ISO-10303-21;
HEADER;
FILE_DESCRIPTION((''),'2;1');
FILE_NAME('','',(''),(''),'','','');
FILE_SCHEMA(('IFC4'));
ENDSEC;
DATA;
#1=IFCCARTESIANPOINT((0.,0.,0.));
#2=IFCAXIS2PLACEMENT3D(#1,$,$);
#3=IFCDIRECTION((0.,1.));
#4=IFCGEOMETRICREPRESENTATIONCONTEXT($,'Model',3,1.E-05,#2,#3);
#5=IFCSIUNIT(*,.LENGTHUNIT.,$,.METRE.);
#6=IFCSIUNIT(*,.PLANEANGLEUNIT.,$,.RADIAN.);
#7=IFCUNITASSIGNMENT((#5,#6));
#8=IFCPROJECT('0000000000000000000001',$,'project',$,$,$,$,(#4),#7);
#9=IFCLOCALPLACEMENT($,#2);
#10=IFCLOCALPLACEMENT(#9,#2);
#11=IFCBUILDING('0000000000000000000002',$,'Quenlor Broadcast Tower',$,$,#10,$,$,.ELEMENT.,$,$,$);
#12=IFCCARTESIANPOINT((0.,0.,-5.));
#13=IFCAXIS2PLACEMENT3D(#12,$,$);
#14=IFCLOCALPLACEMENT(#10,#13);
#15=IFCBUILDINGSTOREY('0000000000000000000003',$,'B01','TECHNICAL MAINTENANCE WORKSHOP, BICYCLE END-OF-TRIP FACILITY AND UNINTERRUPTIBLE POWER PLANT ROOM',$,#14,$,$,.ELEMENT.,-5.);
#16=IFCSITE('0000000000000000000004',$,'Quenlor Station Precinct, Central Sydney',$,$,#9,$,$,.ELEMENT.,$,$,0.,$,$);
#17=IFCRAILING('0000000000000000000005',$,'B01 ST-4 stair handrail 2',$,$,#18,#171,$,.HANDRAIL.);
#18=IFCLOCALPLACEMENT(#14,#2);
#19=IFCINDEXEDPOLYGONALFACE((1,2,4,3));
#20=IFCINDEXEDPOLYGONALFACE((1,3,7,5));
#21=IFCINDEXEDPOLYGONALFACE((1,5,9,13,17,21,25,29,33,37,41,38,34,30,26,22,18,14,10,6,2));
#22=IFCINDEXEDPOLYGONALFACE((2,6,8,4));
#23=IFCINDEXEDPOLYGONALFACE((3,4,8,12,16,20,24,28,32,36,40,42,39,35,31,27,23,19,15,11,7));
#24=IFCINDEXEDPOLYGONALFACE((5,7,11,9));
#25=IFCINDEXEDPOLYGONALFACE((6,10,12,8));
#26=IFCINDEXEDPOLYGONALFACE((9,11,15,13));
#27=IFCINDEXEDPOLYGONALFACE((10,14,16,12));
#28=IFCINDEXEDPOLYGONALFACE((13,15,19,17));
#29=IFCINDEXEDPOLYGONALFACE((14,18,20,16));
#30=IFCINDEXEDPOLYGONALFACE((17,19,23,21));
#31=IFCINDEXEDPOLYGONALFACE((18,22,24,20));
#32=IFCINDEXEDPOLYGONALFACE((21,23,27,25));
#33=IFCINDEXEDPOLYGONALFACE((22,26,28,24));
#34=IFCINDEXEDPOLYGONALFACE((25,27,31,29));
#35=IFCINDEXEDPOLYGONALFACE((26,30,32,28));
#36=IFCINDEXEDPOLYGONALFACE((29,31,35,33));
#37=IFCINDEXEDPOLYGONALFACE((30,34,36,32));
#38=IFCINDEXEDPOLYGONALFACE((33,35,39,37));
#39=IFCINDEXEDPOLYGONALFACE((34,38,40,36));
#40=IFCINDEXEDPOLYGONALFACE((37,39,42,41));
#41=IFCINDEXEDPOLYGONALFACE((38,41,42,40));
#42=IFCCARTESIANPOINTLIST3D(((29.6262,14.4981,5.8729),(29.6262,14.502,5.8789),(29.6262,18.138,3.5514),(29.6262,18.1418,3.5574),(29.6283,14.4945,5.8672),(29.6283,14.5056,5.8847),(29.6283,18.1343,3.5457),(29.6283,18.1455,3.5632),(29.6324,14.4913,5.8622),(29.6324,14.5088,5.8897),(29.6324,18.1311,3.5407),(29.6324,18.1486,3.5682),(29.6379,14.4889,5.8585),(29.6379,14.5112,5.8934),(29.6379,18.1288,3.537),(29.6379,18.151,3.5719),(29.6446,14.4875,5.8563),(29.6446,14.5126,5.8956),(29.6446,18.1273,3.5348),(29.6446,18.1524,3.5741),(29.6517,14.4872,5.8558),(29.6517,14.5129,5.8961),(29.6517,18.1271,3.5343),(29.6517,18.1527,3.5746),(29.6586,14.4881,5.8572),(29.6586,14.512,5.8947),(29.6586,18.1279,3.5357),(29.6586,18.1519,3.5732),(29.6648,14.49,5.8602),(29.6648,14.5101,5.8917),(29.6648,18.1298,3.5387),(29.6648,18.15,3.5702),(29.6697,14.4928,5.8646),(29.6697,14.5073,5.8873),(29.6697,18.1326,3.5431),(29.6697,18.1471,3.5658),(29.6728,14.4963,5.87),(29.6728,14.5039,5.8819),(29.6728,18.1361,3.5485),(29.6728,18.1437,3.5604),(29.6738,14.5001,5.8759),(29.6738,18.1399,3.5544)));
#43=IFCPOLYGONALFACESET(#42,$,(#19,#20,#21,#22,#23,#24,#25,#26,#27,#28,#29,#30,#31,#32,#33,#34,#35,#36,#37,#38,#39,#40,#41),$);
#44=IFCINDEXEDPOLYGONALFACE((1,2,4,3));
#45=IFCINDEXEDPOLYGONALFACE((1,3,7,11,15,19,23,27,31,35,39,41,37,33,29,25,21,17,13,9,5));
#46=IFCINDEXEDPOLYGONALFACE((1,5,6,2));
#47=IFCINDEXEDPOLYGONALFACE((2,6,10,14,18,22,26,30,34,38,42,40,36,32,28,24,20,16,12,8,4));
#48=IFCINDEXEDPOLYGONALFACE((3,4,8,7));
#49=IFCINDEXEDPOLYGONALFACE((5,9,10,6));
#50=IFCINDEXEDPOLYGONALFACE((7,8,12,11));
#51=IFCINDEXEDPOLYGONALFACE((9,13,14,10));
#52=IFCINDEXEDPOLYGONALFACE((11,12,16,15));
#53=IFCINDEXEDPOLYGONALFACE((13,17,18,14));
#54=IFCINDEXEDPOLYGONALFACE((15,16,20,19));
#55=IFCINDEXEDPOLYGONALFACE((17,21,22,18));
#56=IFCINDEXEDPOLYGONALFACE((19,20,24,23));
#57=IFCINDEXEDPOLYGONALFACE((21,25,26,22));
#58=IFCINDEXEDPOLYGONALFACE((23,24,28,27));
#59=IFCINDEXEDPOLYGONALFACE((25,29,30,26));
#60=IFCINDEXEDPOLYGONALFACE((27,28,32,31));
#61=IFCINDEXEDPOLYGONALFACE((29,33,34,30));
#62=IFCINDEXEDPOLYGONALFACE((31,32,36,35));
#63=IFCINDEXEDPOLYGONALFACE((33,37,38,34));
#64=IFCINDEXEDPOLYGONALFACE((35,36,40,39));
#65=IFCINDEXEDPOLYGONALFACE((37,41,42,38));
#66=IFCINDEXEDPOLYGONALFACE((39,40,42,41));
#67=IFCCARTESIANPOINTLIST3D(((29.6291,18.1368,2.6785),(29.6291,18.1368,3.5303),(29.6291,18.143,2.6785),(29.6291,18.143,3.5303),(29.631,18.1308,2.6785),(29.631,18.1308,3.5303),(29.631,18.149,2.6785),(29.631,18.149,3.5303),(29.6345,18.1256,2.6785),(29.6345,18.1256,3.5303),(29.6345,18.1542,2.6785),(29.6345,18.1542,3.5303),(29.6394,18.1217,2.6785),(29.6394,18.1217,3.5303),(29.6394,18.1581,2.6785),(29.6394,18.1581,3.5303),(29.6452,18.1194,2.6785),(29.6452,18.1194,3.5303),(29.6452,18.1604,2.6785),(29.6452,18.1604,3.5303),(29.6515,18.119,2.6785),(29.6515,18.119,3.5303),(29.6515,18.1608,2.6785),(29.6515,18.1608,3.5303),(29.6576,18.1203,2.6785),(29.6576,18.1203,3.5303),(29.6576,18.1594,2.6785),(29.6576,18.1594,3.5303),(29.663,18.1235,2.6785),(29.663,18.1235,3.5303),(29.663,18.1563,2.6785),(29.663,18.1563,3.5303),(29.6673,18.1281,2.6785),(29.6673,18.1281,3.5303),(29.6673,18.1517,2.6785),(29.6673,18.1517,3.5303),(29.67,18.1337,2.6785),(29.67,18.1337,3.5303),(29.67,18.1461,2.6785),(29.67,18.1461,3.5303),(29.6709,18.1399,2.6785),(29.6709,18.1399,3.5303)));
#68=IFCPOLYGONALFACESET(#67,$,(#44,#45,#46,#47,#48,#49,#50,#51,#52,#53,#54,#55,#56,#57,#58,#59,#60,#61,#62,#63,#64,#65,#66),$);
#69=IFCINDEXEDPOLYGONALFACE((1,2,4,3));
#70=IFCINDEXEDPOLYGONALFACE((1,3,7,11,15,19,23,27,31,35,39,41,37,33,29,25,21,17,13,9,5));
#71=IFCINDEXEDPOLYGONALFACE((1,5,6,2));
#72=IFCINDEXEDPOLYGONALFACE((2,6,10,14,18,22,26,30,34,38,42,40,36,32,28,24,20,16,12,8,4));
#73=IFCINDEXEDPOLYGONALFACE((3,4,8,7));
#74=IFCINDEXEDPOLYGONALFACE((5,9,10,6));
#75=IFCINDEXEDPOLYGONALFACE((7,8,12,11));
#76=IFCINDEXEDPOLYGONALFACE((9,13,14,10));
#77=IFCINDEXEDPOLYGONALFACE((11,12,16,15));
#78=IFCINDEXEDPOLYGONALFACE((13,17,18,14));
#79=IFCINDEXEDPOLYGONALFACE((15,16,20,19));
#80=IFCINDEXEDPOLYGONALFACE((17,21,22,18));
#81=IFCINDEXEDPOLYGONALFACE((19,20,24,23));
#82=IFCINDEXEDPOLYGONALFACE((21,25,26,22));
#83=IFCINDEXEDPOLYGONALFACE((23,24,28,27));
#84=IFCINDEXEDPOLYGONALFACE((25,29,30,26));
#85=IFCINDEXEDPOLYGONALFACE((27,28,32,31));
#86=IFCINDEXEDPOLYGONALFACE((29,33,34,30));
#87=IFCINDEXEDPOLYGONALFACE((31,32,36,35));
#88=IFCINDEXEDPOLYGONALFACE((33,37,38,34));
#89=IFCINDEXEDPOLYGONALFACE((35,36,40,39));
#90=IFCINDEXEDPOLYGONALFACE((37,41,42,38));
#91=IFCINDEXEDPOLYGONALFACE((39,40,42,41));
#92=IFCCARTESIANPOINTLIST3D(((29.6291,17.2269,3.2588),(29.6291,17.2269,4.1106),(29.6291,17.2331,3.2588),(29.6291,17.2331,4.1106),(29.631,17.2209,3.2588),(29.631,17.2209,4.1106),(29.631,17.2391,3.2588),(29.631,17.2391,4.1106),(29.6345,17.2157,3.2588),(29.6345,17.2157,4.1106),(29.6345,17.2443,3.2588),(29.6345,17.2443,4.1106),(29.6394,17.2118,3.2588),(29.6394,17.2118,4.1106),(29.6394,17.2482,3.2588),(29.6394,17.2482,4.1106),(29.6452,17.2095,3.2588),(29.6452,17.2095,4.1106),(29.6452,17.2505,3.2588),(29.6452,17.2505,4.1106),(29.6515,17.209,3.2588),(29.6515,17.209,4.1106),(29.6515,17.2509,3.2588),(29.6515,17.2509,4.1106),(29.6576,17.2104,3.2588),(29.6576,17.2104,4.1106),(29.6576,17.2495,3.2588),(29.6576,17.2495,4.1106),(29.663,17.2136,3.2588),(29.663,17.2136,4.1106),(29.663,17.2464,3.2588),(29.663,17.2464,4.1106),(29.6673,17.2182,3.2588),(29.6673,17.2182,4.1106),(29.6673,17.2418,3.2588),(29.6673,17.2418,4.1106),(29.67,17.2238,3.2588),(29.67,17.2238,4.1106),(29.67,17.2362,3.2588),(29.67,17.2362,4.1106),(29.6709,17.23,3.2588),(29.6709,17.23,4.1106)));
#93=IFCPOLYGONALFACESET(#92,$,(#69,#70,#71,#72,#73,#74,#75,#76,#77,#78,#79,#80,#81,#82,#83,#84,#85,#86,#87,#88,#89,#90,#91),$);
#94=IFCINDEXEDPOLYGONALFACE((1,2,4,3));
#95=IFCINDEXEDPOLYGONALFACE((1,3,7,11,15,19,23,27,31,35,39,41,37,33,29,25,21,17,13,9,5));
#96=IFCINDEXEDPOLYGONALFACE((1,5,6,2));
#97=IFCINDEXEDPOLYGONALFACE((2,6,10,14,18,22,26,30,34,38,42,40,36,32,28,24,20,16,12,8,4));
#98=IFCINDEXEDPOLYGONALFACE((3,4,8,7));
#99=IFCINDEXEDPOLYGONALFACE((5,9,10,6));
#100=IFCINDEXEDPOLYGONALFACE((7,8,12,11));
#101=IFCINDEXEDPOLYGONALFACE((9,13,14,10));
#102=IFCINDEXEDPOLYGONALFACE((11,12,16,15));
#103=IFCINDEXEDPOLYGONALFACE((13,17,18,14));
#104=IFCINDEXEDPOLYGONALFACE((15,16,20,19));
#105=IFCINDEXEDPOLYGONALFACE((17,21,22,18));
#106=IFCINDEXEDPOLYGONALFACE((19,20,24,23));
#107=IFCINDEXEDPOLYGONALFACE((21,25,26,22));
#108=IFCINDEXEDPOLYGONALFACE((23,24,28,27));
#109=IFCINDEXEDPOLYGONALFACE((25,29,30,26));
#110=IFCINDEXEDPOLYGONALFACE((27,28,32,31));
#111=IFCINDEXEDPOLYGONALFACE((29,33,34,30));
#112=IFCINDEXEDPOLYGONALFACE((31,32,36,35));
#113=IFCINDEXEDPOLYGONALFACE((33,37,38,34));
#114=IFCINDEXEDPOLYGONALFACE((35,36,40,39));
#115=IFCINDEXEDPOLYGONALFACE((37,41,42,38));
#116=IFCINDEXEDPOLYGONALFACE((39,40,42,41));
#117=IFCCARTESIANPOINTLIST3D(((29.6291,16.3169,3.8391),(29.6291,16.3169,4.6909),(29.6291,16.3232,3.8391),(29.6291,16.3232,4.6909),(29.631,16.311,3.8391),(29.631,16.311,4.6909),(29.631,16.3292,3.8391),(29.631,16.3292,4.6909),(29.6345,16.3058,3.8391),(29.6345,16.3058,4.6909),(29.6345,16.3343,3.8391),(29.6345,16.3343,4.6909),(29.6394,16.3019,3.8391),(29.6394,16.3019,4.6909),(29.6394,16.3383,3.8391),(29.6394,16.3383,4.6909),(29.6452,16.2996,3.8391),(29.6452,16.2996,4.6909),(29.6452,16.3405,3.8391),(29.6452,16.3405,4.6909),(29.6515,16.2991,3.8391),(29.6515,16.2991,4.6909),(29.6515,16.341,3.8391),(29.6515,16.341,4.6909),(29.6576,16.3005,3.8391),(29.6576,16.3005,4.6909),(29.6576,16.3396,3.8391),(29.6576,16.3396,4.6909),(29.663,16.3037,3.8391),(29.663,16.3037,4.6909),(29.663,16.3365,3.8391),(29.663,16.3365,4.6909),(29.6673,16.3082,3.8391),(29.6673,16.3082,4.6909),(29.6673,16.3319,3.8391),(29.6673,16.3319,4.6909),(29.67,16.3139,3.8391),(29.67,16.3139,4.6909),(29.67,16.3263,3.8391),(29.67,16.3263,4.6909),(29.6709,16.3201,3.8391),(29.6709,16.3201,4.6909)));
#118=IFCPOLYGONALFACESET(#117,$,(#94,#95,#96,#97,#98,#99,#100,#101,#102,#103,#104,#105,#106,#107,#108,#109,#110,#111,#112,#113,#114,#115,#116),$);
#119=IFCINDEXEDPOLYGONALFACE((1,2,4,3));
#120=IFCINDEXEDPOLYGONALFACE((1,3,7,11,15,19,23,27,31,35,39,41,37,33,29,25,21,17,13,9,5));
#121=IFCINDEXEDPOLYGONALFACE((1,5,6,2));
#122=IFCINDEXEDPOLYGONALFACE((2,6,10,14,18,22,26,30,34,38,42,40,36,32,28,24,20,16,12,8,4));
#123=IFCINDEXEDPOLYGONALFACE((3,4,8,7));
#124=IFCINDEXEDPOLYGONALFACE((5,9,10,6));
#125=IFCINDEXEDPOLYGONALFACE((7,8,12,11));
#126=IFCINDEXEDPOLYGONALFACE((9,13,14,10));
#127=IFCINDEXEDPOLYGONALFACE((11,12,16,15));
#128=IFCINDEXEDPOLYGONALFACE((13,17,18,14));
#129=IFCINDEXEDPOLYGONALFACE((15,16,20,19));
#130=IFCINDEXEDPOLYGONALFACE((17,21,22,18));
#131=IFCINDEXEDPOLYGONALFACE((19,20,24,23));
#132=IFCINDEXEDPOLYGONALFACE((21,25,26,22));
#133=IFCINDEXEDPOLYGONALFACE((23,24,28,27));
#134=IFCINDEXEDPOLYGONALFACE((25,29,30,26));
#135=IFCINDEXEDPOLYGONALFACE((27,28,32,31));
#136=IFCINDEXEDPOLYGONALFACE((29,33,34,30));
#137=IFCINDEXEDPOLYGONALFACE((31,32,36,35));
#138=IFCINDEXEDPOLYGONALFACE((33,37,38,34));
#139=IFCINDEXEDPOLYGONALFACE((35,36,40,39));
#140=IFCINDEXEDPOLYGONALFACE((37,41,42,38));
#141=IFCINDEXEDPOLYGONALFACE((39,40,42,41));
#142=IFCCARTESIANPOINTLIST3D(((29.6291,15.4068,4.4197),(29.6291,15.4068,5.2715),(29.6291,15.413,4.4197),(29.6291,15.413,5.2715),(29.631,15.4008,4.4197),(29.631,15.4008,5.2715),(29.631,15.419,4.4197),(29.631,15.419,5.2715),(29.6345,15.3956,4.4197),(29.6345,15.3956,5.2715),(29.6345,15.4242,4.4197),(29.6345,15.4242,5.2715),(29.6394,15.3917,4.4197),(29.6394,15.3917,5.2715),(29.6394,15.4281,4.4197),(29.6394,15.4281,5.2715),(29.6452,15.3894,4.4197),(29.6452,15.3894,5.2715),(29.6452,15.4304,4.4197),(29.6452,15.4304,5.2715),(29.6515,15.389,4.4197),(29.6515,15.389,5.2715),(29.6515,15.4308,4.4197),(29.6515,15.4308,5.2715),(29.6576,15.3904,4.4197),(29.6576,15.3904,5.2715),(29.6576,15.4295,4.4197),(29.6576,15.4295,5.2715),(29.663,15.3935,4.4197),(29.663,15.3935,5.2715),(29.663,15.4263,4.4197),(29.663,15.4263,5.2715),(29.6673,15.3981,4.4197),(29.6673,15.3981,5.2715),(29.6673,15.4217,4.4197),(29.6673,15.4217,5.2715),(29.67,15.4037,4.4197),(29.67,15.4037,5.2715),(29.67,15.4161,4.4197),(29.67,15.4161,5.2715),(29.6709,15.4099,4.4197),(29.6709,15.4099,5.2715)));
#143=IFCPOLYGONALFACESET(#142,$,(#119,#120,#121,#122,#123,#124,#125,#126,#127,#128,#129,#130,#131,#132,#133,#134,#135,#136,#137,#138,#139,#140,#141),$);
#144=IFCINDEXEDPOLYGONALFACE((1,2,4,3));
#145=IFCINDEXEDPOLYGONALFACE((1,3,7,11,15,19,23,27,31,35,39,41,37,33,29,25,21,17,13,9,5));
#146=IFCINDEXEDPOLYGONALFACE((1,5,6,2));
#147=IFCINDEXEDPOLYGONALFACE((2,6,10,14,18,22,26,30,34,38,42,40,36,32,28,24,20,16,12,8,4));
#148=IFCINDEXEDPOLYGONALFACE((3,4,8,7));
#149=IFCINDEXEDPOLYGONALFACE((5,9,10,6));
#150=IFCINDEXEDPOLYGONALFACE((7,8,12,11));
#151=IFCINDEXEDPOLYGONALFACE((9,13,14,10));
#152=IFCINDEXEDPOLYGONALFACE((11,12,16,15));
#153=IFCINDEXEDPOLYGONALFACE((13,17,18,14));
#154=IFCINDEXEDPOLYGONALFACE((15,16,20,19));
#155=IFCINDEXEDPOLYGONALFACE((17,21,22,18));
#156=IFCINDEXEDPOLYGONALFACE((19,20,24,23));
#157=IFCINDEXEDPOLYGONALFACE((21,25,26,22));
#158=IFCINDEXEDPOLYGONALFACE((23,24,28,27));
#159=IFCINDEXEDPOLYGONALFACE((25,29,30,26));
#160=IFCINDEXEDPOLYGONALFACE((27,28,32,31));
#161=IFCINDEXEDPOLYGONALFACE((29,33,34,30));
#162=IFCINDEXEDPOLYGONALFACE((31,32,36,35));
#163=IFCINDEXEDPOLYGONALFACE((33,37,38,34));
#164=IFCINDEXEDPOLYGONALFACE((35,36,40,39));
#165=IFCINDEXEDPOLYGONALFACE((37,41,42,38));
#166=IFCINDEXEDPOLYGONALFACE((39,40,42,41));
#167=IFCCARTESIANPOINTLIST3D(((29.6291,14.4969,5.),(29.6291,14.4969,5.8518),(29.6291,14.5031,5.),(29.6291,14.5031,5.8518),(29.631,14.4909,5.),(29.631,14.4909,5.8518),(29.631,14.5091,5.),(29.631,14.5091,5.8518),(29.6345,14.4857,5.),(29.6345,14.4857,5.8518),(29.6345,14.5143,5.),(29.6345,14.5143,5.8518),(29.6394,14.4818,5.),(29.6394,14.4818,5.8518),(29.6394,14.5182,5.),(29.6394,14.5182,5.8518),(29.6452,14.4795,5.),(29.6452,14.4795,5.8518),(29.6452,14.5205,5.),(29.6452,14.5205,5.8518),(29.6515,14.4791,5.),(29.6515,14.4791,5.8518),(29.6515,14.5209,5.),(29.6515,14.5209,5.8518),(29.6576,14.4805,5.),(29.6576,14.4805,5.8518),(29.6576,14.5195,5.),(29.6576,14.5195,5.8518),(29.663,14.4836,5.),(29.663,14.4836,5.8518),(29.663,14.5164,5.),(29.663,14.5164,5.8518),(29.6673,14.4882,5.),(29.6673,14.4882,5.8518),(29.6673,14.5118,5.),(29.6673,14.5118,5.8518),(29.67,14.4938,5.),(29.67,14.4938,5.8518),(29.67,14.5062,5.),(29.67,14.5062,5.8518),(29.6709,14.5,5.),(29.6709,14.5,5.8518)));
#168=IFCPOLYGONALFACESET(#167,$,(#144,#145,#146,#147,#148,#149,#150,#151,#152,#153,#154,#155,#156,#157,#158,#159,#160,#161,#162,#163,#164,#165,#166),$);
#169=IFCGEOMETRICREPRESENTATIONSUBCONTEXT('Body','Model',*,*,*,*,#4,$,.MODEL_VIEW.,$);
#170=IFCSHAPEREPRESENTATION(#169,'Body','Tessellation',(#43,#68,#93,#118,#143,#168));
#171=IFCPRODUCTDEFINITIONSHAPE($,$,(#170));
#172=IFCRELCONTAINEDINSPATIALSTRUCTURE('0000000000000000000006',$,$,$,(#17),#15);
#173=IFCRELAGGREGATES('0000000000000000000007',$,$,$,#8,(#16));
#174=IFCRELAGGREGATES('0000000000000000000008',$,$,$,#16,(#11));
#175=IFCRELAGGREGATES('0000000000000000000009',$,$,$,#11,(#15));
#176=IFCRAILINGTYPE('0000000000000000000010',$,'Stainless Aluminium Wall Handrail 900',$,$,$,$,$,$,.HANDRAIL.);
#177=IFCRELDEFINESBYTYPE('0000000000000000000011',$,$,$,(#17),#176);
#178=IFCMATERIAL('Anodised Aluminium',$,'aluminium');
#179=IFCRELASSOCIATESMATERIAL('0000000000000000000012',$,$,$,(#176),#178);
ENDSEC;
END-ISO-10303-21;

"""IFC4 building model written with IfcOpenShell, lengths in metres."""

from ifc_helpers import new_model, si_unit, direction, frame, origin, origin_2d, place, context, subcontext, project, spatial, circle, extrude, material, type_object, element, save


model = new_model("IFC4")

# Units and contexts
model_context = context("Model", 3, precision=1e-05, world=origin(), true_north=direction((0.0, 1.0)))
body_context = subcontext(model_context, "Body", "Model", "MODEL_VIEW")
ifc_project = project(units=[si_unit("LENGTHUNIT", "METRE"), si_unit("PLANEANGLEUNIT", "RADIAN")], contexts=[model_context])

# Site, building, storey
site_placement = place(None, origin())
site = spatial("IfcSite", under=ifc_project, at=site_placement, Name="Quenlor Station Precinct, Central Sydney", CompositionType="ELEMENT", RefElevation=0.0)
building_placement = place(site_placement, origin())
building = spatial("IfcBuilding", under=site, at=building_placement, Name="Quenlor Broadcast Tower", CompositionType="ELEMENT")
storey_placement = place(building_placement, frame((0.0, 0.0, -5.0)))
storey = spatial("IfcBuildingStorey", under=building, at=storey_placement, Name="B01", Description="TECHNICAL MAINTENANCE WORKSHOP, BICYCLE END-OF-TRIP FACILITY AND UNINTERRUPTIBLE POWER PLANT ROOM", CompositionType="ELEMENT", Elevation=-5.0)

# Railing
ifc_material_1 = material(Name="Anodised Aluminium", Category="aluminium")
railing_type_1 = type_object("IfcRailingType", Name="Stainless Aluminium Wall Handrail 900", PredefinedType="HANDRAIL", material=ifc_material_1)
railing_1_placement = place(storey_placement, frame((29.6499, 18.1399, 2.6785)))
element("IfcRailing", 1, at=railing_1_placement, inside=storey, type_object=railing_type_1, Name="B01 ST-4 stair handrail 2", PredefinedType="HANDRAIL", context=body_context, shape_type="SweptSolid", body=[
    extrude(circle(Radius=0.0239, at=origin_2d()), frame((0.0, 0.0, 0.876), z_axis=(0.0, -0.843112, 0.537739), x_axis=(1.0, 0.0, 0.0)), (0.0, 0.0, 1.0), 4.3171),
    extrude(circle(Radius=0.021, at=origin_2d()), origin(), (0.0, 0.0, 1.0), 0.8518),
    extrude(circle(Radius=0.021, at=origin_2d()), frame((0.0, -0.9099, 0.5803)), (0.0, 0.0, 1.0), 0.8518),
    extrude(circle(Radius=0.021, at=origin_2d()), frame((0.0, -1.8198, 1.1606)), (0.0, 0.0, 1.0), 0.8518),
    extrude(circle(Radius=0.021, at=origin_2d()), frame((0.0, -2.73, 1.7412)), (0.0, 0.0, 1.0), 0.8518),
    extrude(circle(Radius=0.021, at=origin_2d()), frame((0.0, -3.6399, 2.3215)), (0.0, 0.0, 1.0), 0.8518),
])

save(model, "model.ifc")
